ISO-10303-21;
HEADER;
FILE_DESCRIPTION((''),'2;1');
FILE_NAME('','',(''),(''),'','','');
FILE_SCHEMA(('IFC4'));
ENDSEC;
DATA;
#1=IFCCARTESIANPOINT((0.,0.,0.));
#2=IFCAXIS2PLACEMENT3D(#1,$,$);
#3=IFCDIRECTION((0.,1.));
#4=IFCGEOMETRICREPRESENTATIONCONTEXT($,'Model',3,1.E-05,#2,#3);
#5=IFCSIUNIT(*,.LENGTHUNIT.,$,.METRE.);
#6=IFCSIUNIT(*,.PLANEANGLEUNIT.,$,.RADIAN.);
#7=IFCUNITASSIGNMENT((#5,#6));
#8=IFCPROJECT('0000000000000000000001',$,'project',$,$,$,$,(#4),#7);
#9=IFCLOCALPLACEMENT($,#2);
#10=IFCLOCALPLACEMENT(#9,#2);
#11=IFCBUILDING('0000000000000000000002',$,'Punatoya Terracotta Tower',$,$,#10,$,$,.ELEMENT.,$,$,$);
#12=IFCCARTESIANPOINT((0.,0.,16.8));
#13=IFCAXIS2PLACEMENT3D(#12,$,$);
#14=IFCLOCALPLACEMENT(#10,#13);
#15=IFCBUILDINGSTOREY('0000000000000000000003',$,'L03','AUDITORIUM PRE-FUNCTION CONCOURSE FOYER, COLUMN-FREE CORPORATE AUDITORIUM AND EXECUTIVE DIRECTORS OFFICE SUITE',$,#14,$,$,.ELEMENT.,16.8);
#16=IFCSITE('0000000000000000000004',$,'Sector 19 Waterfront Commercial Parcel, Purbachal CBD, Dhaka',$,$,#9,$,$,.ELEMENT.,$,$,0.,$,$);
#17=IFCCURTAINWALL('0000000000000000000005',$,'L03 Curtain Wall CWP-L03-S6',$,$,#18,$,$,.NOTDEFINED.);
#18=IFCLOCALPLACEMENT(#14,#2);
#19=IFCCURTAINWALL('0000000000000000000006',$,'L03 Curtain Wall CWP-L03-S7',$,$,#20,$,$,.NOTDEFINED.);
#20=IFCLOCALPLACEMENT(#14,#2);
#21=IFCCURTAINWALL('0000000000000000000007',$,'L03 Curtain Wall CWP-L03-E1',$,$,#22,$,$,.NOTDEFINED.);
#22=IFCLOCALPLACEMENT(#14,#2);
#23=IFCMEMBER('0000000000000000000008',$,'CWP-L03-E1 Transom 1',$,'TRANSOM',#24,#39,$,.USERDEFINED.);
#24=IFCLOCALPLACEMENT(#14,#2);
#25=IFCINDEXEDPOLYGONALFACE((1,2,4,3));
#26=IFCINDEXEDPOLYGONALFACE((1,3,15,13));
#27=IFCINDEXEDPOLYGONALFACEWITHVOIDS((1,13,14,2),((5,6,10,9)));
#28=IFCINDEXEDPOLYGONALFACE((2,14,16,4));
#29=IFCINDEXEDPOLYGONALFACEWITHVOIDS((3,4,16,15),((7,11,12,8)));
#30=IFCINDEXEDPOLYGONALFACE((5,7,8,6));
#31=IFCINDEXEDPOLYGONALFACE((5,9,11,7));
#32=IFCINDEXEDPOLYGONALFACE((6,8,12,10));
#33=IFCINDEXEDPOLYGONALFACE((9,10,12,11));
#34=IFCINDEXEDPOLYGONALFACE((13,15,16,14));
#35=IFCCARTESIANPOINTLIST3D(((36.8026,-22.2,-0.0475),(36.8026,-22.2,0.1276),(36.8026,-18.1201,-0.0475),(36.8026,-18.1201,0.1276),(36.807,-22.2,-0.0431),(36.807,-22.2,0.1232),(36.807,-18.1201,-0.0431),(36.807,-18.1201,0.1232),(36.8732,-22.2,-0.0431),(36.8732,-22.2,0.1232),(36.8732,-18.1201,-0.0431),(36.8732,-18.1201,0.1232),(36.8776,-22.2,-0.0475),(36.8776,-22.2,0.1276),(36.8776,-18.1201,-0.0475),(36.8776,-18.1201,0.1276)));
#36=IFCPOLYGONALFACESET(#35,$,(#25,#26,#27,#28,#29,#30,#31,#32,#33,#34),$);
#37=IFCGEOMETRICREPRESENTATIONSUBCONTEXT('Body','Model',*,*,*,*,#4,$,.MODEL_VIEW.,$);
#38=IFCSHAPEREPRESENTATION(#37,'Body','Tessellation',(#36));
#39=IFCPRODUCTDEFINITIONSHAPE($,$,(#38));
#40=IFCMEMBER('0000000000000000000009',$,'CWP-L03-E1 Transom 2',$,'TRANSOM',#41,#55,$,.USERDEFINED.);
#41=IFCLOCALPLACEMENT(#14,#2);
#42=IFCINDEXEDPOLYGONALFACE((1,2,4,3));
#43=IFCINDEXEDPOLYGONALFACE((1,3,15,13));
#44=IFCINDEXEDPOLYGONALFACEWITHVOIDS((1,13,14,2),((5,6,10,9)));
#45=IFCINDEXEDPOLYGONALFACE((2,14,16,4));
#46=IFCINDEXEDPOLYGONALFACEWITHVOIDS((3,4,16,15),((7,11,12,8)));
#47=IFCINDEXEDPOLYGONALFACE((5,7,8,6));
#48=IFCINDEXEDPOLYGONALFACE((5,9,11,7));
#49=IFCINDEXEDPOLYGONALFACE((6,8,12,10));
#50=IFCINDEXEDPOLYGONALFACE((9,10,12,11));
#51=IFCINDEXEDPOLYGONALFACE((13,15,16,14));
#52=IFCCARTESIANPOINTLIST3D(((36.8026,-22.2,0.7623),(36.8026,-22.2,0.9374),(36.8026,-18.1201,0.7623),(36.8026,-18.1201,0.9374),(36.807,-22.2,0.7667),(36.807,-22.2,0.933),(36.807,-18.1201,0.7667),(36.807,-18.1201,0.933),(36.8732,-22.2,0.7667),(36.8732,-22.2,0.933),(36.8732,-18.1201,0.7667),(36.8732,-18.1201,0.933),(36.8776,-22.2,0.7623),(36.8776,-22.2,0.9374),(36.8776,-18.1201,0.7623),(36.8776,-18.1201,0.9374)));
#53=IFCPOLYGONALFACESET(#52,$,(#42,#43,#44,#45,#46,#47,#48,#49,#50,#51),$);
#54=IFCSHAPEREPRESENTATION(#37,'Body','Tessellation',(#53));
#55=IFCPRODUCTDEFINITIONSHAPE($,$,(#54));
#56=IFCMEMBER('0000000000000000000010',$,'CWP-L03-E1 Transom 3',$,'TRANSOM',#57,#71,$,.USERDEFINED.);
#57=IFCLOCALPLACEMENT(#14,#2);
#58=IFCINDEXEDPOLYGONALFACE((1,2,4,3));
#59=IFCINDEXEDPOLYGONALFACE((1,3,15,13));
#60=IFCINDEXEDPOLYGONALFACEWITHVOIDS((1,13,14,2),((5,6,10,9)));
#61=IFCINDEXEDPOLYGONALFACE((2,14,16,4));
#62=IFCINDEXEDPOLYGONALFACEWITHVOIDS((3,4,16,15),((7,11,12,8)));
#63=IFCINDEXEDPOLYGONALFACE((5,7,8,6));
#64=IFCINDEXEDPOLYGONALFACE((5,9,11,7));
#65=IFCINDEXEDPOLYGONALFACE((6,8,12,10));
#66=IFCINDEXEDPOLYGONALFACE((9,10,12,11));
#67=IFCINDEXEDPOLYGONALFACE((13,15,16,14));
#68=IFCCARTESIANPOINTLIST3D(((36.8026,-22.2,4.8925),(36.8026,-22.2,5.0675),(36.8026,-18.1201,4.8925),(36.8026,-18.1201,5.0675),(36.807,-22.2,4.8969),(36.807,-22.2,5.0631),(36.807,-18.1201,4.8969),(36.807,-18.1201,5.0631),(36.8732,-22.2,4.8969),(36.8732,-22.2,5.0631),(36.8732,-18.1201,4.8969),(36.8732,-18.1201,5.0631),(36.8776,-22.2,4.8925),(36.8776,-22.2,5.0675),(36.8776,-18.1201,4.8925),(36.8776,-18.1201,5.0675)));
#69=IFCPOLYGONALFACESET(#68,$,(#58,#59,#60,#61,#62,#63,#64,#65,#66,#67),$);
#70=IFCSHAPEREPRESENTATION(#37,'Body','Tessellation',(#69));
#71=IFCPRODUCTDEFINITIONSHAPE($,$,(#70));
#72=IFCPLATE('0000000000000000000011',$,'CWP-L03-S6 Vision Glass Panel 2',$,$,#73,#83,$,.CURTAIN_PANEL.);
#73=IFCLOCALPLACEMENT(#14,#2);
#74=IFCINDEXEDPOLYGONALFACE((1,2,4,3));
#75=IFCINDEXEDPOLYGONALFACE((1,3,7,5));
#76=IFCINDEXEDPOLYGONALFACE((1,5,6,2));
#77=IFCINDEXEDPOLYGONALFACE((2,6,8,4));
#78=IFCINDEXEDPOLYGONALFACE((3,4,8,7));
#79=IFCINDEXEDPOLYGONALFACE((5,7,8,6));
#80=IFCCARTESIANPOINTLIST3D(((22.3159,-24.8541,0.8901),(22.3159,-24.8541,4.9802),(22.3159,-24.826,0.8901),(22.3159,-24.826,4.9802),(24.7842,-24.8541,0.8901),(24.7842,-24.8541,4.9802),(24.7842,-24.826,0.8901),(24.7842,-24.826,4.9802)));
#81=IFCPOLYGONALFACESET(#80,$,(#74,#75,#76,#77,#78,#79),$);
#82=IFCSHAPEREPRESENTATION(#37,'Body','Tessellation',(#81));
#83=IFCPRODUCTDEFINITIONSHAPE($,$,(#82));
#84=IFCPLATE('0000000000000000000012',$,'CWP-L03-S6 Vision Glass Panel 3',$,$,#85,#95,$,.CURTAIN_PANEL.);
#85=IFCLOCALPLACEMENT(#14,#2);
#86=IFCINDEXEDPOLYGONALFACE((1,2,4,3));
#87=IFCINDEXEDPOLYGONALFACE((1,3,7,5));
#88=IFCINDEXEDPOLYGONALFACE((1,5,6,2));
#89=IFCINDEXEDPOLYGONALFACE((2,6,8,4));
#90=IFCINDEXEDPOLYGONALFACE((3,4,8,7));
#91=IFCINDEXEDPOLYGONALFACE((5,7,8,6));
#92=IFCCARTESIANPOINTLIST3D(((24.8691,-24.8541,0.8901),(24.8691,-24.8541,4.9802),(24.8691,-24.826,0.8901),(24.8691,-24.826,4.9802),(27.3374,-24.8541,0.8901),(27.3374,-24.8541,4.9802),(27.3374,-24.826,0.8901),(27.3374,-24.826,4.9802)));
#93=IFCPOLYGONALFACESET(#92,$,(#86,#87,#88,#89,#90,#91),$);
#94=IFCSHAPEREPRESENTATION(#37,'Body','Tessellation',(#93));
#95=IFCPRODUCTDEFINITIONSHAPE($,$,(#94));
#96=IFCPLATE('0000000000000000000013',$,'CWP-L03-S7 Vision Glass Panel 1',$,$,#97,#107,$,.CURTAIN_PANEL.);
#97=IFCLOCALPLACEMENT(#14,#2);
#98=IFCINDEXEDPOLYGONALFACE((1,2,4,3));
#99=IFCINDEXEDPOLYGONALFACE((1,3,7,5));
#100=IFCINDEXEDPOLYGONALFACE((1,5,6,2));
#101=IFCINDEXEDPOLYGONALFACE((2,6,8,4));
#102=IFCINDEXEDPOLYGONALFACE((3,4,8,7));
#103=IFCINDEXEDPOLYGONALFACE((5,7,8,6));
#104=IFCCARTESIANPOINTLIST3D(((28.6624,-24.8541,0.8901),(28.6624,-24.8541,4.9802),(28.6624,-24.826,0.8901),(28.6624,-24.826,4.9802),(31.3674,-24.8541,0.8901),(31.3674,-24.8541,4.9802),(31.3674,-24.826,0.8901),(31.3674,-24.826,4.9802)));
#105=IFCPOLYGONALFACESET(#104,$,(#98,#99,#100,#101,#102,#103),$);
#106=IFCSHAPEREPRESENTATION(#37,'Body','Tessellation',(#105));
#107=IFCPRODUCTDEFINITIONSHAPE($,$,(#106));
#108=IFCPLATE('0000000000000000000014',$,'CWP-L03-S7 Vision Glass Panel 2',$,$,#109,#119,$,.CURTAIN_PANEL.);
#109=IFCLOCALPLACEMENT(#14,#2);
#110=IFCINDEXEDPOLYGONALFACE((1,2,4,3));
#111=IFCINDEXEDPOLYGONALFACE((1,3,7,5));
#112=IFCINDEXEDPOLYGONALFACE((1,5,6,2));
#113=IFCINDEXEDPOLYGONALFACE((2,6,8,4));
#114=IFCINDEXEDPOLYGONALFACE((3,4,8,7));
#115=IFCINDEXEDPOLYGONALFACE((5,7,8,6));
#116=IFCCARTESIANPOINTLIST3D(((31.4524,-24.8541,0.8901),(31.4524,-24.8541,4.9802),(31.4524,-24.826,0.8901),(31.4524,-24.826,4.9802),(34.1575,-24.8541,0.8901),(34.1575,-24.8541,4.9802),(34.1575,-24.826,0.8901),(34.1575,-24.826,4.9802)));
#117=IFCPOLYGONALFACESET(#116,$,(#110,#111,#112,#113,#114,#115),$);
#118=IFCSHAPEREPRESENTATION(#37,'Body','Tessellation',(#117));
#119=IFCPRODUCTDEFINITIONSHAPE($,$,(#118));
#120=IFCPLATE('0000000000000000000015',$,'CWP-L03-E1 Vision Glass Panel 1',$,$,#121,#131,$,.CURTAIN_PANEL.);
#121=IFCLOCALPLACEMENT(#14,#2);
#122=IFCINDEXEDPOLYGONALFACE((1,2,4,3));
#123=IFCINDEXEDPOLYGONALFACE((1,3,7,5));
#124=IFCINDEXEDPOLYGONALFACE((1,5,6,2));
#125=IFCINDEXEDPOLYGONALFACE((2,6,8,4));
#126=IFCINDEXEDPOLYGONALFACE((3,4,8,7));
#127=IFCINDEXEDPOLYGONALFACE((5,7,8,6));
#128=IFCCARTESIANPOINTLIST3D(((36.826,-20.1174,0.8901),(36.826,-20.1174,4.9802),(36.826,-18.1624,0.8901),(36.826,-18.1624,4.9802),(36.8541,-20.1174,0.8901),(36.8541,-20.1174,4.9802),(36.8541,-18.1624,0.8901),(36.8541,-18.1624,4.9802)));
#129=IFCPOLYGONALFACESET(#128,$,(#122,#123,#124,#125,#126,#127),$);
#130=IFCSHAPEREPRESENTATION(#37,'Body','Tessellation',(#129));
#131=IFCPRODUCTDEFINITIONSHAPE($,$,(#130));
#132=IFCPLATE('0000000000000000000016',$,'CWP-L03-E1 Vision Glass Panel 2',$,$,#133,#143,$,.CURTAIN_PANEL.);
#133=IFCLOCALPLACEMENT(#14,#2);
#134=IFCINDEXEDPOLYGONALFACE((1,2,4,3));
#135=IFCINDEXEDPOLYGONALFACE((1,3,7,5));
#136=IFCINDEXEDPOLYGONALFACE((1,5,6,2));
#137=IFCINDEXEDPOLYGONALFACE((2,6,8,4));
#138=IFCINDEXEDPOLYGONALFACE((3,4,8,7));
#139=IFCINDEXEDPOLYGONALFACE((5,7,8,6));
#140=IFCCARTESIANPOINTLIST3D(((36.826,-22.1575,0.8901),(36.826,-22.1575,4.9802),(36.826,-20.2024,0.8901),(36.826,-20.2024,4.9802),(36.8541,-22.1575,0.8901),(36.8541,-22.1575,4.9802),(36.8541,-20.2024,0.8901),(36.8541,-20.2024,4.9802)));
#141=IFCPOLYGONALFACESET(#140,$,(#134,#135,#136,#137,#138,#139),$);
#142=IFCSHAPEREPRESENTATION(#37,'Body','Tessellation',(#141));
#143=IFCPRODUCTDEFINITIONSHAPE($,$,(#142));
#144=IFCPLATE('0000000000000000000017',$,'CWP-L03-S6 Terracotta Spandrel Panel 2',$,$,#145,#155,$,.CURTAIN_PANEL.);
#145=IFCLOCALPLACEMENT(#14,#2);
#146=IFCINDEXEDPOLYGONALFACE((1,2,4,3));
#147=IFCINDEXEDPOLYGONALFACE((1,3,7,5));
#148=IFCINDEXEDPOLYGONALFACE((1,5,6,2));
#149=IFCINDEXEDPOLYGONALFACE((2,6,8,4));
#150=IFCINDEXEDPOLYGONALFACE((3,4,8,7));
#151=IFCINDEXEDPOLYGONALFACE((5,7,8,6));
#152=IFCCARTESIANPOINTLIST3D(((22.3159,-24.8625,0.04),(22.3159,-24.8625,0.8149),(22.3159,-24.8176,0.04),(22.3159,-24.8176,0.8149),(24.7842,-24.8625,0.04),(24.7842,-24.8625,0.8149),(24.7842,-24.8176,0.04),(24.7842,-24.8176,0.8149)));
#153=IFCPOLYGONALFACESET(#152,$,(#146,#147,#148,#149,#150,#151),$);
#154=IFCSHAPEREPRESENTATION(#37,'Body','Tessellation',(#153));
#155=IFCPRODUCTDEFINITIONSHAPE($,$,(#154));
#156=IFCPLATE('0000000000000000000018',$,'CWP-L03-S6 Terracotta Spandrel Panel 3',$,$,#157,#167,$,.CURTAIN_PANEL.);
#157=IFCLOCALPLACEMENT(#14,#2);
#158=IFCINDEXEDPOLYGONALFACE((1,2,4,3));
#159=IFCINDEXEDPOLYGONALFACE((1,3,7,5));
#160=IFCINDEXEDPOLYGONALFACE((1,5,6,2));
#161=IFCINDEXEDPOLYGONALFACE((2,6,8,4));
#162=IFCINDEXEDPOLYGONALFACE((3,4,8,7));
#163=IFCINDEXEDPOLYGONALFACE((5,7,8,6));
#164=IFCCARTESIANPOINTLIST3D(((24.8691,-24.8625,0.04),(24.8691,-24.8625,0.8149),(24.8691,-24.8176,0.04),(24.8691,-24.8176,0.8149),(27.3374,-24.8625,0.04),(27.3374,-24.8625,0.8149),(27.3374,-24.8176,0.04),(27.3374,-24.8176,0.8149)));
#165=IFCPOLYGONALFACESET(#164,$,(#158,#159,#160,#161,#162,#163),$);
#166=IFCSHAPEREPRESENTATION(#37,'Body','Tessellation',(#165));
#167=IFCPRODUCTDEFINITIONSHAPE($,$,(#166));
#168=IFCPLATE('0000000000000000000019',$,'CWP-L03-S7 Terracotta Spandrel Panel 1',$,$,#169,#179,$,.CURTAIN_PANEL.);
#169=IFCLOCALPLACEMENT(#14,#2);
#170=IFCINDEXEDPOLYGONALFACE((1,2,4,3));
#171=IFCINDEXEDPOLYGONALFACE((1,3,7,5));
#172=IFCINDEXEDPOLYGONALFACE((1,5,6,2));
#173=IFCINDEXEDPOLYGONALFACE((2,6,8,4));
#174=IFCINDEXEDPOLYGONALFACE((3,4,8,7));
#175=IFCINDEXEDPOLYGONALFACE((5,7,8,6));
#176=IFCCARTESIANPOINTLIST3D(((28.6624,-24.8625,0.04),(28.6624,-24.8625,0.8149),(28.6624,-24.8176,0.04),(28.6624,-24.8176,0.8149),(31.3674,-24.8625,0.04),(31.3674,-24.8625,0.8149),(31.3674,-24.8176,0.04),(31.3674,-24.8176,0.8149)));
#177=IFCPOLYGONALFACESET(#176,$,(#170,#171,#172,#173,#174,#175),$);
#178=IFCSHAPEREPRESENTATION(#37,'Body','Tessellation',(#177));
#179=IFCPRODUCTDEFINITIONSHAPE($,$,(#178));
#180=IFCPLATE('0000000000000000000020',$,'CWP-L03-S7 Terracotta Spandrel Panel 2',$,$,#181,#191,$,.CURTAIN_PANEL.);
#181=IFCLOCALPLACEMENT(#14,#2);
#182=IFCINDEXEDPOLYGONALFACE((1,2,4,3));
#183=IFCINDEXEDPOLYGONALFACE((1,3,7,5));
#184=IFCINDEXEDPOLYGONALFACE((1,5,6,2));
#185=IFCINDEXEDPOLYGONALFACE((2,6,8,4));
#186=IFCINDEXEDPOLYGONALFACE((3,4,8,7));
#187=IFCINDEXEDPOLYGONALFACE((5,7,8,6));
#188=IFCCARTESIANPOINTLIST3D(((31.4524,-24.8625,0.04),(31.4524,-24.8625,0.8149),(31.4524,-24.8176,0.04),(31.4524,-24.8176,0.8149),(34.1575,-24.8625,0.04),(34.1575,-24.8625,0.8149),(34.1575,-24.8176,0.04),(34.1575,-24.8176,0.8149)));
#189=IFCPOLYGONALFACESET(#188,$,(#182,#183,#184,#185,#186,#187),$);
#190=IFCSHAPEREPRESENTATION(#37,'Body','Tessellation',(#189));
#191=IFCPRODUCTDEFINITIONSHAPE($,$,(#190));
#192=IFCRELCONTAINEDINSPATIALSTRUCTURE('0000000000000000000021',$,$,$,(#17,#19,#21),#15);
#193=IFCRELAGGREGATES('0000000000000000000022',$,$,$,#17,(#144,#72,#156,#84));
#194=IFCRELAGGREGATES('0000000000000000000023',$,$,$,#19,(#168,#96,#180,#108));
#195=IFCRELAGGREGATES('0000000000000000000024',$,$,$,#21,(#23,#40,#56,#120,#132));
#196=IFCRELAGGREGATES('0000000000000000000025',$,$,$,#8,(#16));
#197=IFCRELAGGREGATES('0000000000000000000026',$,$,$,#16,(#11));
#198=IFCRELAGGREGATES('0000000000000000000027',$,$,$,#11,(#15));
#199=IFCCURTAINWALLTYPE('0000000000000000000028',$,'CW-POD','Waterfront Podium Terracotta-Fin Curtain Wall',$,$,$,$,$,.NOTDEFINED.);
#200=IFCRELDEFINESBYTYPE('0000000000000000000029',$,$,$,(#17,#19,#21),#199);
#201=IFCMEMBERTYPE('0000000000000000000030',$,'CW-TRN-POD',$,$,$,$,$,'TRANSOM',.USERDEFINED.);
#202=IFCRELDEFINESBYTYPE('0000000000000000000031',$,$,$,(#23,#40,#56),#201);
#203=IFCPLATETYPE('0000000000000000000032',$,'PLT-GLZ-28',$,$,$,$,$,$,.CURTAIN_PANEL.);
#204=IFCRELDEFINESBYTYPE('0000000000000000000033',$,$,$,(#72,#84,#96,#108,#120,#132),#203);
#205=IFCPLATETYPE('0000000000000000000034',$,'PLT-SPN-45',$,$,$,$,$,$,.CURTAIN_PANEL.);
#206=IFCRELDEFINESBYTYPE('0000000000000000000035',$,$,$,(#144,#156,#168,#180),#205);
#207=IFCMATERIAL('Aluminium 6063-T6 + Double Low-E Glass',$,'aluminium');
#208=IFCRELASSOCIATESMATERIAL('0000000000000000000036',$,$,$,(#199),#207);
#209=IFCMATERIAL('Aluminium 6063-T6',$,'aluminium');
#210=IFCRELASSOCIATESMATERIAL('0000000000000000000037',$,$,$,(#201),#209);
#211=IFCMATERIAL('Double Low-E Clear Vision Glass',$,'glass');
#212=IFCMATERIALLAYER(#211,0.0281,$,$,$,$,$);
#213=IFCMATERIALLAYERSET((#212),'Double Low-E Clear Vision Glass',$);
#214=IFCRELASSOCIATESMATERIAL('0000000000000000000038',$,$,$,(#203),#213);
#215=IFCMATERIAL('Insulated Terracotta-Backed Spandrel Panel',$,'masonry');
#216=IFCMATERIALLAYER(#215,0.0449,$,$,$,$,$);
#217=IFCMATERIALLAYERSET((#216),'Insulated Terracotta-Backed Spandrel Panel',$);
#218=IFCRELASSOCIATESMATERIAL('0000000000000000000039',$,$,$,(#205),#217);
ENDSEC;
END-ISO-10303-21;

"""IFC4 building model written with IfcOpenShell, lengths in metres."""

from ifc_helpers import new_model, si_unit, direction, frame, origin, origin_2d, place, context, subcontext, project, spatial, rectangle, hollow_rectangle, extrude, material, layer, layer_set, material_profile, profile_set, type_object, element, aggregate, save


model = new_model("IFC4")

# Units and contexts
model_context = context("Model", 3, precision=1e-05, world=origin(), true_north=direction((0.0, 1.0)))
body_context = subcontext(model_context, "Body", "Model", "MODEL_VIEW")
ifc_project = project(units=[si_unit("LENGTHUNIT", "METRE"), si_unit("PLANEANGLEUNIT", "RADIAN")], contexts=[model_context])

# Site, building, storey
site_placement = place(None, origin())
site = spatial("IfcSite", under=ifc_project, at=site_placement, Name="Sector 19 Waterfront Commercial Parcel, Purbachal CBD, Dhaka", CompositionType="ELEMENT", RefElevation=0.0)
building_placement = place(site_placement, origin())
building = spatial("IfcBuilding", under=site, at=building_placement, Name="Punatoya Terracotta Tower", CompositionType="ELEMENT")
storey_placement = place(building_placement, frame((0.0, 0.0, 16.8)))
storey = spatial("IfcBuildingStorey", under=building, at=storey_placement, Name="L03", Description="AUDITORIUM PRE-FUNCTION CONCOURSE FOYER, COLUMN-FREE CORPORATE AUDITORIUM AND EXECUTIVE DIRECTORS OFFICE SUITE", CompositionType="ELEMENT", Elevation=16.8)

# Curtain walls
ifc_material_1 = material(Name="Aluminium 6063-T6 + Double Low-E Glass", Category="aluminium")
curtain_wall_type = type_object("IfcCurtainWallType", Name="CW-POD", Description="Waterfront Podium Terracotta-Fin Curtain Wall", PredefinedType="NOTDEFINED", material=ifc_material_1)
curtain_wall_1_placement = place(storey_placement, origin())
curtain_wall_1 = element("IfcCurtainWall", 1, at=curtain_wall_1_placement, inside=storey, type_object=curtain_wall_type, Name="L03 Curtain Wall CWP-L03-S6", PredefinedType="NOTDEFINED")
ifc_material_2 = material(Name="Aluminium 6063-T6", Category="aluminium")
curtain_wall_2_placement = place(storey_placement, origin())
curtain_wall_2 = element("IfcCurtainWall", 2, at=curtain_wall_2_placement, inside=storey, type_object=curtain_wall_type, Name="L03 Curtain Wall CWP-L03-S7", PredefinedType="NOTDEFINED")
curtain_wall_3_placement = place(storey_placement, origin())
curtain_wall_3 = element("IfcCurtainWall", 3, at=curtain_wall_3_placement, inside=storey, type_object=curtain_wall_type, Name="L03 Curtain Wall CWP-L03-E1", PredefinedType="NOTDEFINED")

# Members
ifc_material_profile_1 = material_profile(ifc_material_2, hollow_rectangle(XDim=0.075, YDim=0.175, WallThickness=0.0044, at=origin_2d()))
ifc_profile_set_1 = profile_set([ifc_material_profile_1], Name="Aluminium 6063-T6")
member_type_1 = type_object("IfcMemberType", Name="CW-TRN-POD", ElementType="TRANSOM", PredefinedType="USERDEFINED", material=ifc_profile_set_1)
member_1_placement = place(storey_placement, frame((36.8401, -18.1201, 0.04), z_axis=(0.0, -1.0, 0.0), x_axis=(1.0, 0.0, 0.0)))
member_1 = element("IfcMember", 4, at=member_1_placement, type_object=member_type_1, Name="CWP-L03-E1 Transom 1", ObjectType="TRANSOM", PredefinedType="USERDEFINED", context=body_context, shape_type="SweptSolid", body=[
    extrude(hollow_rectangle(XDim=0.075, YDim=0.175, WallThickness=0.0044, at=origin_2d()), origin(), (0.0, 0.0, 1.0), 4.0798),
])
member_2_placement = place(storey_placement, frame((36.8401, -18.1201, 0.8499), z_axis=(0.0, -1.0, 0.0), x_axis=(1.0, 0.0, 0.0)))
member_2 = element("IfcMember", 5, at=member_2_placement, type_object=member_type_1, Name="CWP-L03-E1 Transom 2", ObjectType="TRANSOM", PredefinedType="USERDEFINED", context=body_context, shape_type="SweptSolid", body=[
    extrude(hollow_rectangle(XDim=0.075, YDim=0.175, WallThickness=0.0044, at=origin_2d()), origin(), (0.0, 0.0, 1.0), 4.0798),
])
member_3_placement = place(storey_placement, frame((36.8401, -18.1201, 4.98), z_axis=(0.0, -1.0, 0.0), x_axis=(1.0, 0.0, 0.0)))
member_3 = element("IfcMember", 6, at=member_3_placement, type_object=member_type_1, Name="CWP-L03-E1 Transom 3", ObjectType="TRANSOM", PredefinedType="USERDEFINED", context=body_context, shape_type="SweptSolid", body=[
    extrude(hollow_rectangle(XDim=0.075, YDim=0.175, WallThickness=0.0044, at=origin_2d()), origin(), (0.0, 0.0, 1.0), 4.0798),
])

# Plates
ifc_material_3 = material(Name="Double Low-E Clear Vision Glass", Category="glass")
ifc_layer_1 = layer(ifc_material_3, 0.0281)
ifc_layer_set_1 = layer_set([ifc_layer_1], Name="Double Low-E Clear Vision Glass")
plate_type_1 = type_object("IfcPlateType", Name="PLT-GLZ-28", PredefinedType="CURTAIN_PANEL", material=ifc_layer_set_1)
plate_1_placement = place(storey_placement, frame((23.55, -24.8401, 0.8901), z_axis=(0.0, 0.0, 1.0), x_axis=(1.0, 0.0, 0.0)))
plate_1 = element("IfcPlate", 7, at=plate_1_placement, type_object=plate_type_1, Name="CWP-L03-S6 Vision Glass Panel 2", PredefinedType="CURTAIN_PANEL", context=body_context, shape_type="SweptSolid", body=[
    extrude(rectangle(XDim=2.4683, YDim=0.0281, at=origin_2d()), origin(), (0.0, 0.0, 1.0), 4.0901),
])
plate_2_placement = place(storey_placement, frame((26.1033, -24.8401, 0.8901), z_axis=(0.0, 0.0, 1.0), x_axis=(1.0, 0.0, 0.0)))
plate_2 = element("IfcPlate", 8, at=plate_2_placement, type_object=plate_type_1, Name="CWP-L03-S6 Vision Glass Panel 3", PredefinedType="CURTAIN_PANEL", context=body_context, shape_type="SweptSolid", body=[
    extrude(rectangle(XDim=2.4683, YDim=0.0281, at=origin_2d()), origin(), (0.0, 0.0, 1.0), 4.0901),
])
plate_3_placement = place(storey_placement, frame((30.0149, -24.8401, 0.8901), z_axis=(0.0, 0.0, 1.0), x_axis=(1.0, 0.0, 0.0)))
plate_3 = element("IfcPlate", 9, at=plate_3_placement, type_object=plate_type_1, Name="CWP-L03-S7 Vision Glass Panel 1", PredefinedType="CURTAIN_PANEL", context=body_context, shape_type="SweptSolid", body=[
    extrude(rectangle(XDim=2.7051, YDim=0.0281, at=origin_2d()), origin(), (0.0, 0.0, 1.0), 4.0901),
])
plate_4_placement = place(storey_placement, frame((32.8049, -24.8401, 0.8901), z_axis=(0.0, 0.0, 1.0), x_axis=(1.0, 0.0, 0.0)))
plate_4 = element("IfcPlate", 10, at=plate_4_placement, type_object=plate_type_1, Name="CWP-L03-S7 Vision Glass Panel 2", PredefinedType="CURTAIN_PANEL", context=body_context, shape_type="SweptSolid", body=[
    extrude(rectangle(XDim=2.7051, YDim=0.0281, at=origin_2d()), origin(), (0.0, 0.0, 1.0), 4.0901),
])
plate_5_placement = place(storey_placement, frame((36.8401, -19.1399, 0.8901), z_axis=(0.0, 0.0, 1.0), x_axis=(0.0, -1.0, 0.0)))
plate_5 = element("IfcPlate", 11, at=plate_5_placement, type_object=plate_type_1, Name="CWP-L03-E1 Vision Glass Panel 1", PredefinedType="CURTAIN_PANEL", context=body_context, shape_type="SweptSolid", body=[
    extrude(rectangle(XDim=1.9551, YDim=0.0281, at=origin_2d()), origin(), (0.0, 0.0, 1.0), 4.0901),
])
plate_6_placement = place(storey_placement, frame((36.8401, -21.1799, 0.8901), z_axis=(0.0, 0.0, 1.0), x_axis=(0.0, -1.0, 0.0)))
plate_6 = element("IfcPlate", 12, at=plate_6_placement, type_object=plate_type_1, Name="CWP-L03-E1 Vision Glass Panel 2", PredefinedType="CURTAIN_PANEL", context=body_context, shape_type="SweptSolid", body=[
    extrude(rectangle(XDim=1.9551, YDim=0.0281, at=origin_2d()), origin(), (0.0, 0.0, 1.0), 4.0901),
])
ifc_material_4 = material(Name="Insulated Terracotta-Backed Spandrel Panel", Category="masonry")
ifc_layer_2 = layer(ifc_material_4, 0.0449)
ifc_layer_set_2 = layer_set([ifc_layer_2], Name="Insulated Terracotta-Backed Spandrel Panel")
plate_type_2 = type_object("IfcPlateType", Name="PLT-SPN-45", PredefinedType="CURTAIN_PANEL", material=ifc_layer_set_2)
plate_7_placement = place(storey_placement, frame((23.55, -24.8401, 0.04), z_axis=(0.0, 0.0, 1.0), x_axis=(1.0, 0.0, 0.0)))
plate_7 = element("IfcPlate", 13, at=plate_7_placement, type_object=plate_type_2, Name="CWP-L03-S6 Terracotta Spandrel Panel 2", PredefinedType="CURTAIN_PANEL", context=body_context, shape_type="SweptSolid", body=[
    extrude(rectangle(XDim=2.4683, YDim=0.0449, at=origin_2d()), origin(), (0.0, 0.0, 1.0), 0.7749),
])
plate_8_placement = place(storey_placement, frame((26.1033, -24.8401, 0.04), z_axis=(0.0, 0.0, 1.0), x_axis=(1.0, 0.0, 0.0)))
plate_8 = element("IfcPlate", 14, at=plate_8_placement, type_object=plate_type_2, Name="CWP-L03-S6 Terracotta Spandrel Panel 3", PredefinedType="CURTAIN_PANEL", context=body_context, shape_type="SweptSolid", body=[
    extrude(rectangle(XDim=2.4683, YDim=0.0449, at=origin_2d()), origin(), (0.0, 0.0, 1.0), 0.7749),
])
aggregate(curtain_wall_1, [plate_7, plate_1, plate_8, plate_2])
plate_9_placement = place(storey_placement, frame((30.0149, -24.8401, 0.04), z_axis=(0.0, 0.0, 1.0), x_axis=(1.0, 0.0, 0.0)))
plate_9 = element("IfcPlate", 15, at=plate_9_placement, type_object=plate_type_2, Name="CWP-L03-S7 Terracotta Spandrel Panel 1", PredefinedType="CURTAIN_PANEL", context=body_context, shape_type="SweptSolid", body=[
    extrude(rectangle(XDim=2.7051, YDim=0.0449, at=origin_2d()), origin(), (0.0, 0.0, 1.0), 0.7749),
])
plate_10_placement = place(storey_placement, frame((32.8049, -24.8401, 0.04), z_axis=(0.0, 0.0, 1.0), x_axis=(1.0, 0.0, 0.0)))
plate_10 = element("IfcPlate", 16, at=plate_10_placement, type_object=plate_type_2, Name="CWP-L03-S7 Terracotta Spandrel Panel 2", PredefinedType="CURTAIN_PANEL", context=body_context, shape_type="SweptSolid", body=[
    extrude(rectangle(XDim=2.7051, YDim=0.0449, at=origin_2d()), origin(), (0.0, 0.0, 1.0), 0.7749),
])
aggregate(curtain_wall_2, [plate_9, plate_3, plate_10, plate_4])
aggregate(curtain_wall_3, [member_1, member_2, member_3, plate_5, plate_6])

save(model, "model.ifc")
